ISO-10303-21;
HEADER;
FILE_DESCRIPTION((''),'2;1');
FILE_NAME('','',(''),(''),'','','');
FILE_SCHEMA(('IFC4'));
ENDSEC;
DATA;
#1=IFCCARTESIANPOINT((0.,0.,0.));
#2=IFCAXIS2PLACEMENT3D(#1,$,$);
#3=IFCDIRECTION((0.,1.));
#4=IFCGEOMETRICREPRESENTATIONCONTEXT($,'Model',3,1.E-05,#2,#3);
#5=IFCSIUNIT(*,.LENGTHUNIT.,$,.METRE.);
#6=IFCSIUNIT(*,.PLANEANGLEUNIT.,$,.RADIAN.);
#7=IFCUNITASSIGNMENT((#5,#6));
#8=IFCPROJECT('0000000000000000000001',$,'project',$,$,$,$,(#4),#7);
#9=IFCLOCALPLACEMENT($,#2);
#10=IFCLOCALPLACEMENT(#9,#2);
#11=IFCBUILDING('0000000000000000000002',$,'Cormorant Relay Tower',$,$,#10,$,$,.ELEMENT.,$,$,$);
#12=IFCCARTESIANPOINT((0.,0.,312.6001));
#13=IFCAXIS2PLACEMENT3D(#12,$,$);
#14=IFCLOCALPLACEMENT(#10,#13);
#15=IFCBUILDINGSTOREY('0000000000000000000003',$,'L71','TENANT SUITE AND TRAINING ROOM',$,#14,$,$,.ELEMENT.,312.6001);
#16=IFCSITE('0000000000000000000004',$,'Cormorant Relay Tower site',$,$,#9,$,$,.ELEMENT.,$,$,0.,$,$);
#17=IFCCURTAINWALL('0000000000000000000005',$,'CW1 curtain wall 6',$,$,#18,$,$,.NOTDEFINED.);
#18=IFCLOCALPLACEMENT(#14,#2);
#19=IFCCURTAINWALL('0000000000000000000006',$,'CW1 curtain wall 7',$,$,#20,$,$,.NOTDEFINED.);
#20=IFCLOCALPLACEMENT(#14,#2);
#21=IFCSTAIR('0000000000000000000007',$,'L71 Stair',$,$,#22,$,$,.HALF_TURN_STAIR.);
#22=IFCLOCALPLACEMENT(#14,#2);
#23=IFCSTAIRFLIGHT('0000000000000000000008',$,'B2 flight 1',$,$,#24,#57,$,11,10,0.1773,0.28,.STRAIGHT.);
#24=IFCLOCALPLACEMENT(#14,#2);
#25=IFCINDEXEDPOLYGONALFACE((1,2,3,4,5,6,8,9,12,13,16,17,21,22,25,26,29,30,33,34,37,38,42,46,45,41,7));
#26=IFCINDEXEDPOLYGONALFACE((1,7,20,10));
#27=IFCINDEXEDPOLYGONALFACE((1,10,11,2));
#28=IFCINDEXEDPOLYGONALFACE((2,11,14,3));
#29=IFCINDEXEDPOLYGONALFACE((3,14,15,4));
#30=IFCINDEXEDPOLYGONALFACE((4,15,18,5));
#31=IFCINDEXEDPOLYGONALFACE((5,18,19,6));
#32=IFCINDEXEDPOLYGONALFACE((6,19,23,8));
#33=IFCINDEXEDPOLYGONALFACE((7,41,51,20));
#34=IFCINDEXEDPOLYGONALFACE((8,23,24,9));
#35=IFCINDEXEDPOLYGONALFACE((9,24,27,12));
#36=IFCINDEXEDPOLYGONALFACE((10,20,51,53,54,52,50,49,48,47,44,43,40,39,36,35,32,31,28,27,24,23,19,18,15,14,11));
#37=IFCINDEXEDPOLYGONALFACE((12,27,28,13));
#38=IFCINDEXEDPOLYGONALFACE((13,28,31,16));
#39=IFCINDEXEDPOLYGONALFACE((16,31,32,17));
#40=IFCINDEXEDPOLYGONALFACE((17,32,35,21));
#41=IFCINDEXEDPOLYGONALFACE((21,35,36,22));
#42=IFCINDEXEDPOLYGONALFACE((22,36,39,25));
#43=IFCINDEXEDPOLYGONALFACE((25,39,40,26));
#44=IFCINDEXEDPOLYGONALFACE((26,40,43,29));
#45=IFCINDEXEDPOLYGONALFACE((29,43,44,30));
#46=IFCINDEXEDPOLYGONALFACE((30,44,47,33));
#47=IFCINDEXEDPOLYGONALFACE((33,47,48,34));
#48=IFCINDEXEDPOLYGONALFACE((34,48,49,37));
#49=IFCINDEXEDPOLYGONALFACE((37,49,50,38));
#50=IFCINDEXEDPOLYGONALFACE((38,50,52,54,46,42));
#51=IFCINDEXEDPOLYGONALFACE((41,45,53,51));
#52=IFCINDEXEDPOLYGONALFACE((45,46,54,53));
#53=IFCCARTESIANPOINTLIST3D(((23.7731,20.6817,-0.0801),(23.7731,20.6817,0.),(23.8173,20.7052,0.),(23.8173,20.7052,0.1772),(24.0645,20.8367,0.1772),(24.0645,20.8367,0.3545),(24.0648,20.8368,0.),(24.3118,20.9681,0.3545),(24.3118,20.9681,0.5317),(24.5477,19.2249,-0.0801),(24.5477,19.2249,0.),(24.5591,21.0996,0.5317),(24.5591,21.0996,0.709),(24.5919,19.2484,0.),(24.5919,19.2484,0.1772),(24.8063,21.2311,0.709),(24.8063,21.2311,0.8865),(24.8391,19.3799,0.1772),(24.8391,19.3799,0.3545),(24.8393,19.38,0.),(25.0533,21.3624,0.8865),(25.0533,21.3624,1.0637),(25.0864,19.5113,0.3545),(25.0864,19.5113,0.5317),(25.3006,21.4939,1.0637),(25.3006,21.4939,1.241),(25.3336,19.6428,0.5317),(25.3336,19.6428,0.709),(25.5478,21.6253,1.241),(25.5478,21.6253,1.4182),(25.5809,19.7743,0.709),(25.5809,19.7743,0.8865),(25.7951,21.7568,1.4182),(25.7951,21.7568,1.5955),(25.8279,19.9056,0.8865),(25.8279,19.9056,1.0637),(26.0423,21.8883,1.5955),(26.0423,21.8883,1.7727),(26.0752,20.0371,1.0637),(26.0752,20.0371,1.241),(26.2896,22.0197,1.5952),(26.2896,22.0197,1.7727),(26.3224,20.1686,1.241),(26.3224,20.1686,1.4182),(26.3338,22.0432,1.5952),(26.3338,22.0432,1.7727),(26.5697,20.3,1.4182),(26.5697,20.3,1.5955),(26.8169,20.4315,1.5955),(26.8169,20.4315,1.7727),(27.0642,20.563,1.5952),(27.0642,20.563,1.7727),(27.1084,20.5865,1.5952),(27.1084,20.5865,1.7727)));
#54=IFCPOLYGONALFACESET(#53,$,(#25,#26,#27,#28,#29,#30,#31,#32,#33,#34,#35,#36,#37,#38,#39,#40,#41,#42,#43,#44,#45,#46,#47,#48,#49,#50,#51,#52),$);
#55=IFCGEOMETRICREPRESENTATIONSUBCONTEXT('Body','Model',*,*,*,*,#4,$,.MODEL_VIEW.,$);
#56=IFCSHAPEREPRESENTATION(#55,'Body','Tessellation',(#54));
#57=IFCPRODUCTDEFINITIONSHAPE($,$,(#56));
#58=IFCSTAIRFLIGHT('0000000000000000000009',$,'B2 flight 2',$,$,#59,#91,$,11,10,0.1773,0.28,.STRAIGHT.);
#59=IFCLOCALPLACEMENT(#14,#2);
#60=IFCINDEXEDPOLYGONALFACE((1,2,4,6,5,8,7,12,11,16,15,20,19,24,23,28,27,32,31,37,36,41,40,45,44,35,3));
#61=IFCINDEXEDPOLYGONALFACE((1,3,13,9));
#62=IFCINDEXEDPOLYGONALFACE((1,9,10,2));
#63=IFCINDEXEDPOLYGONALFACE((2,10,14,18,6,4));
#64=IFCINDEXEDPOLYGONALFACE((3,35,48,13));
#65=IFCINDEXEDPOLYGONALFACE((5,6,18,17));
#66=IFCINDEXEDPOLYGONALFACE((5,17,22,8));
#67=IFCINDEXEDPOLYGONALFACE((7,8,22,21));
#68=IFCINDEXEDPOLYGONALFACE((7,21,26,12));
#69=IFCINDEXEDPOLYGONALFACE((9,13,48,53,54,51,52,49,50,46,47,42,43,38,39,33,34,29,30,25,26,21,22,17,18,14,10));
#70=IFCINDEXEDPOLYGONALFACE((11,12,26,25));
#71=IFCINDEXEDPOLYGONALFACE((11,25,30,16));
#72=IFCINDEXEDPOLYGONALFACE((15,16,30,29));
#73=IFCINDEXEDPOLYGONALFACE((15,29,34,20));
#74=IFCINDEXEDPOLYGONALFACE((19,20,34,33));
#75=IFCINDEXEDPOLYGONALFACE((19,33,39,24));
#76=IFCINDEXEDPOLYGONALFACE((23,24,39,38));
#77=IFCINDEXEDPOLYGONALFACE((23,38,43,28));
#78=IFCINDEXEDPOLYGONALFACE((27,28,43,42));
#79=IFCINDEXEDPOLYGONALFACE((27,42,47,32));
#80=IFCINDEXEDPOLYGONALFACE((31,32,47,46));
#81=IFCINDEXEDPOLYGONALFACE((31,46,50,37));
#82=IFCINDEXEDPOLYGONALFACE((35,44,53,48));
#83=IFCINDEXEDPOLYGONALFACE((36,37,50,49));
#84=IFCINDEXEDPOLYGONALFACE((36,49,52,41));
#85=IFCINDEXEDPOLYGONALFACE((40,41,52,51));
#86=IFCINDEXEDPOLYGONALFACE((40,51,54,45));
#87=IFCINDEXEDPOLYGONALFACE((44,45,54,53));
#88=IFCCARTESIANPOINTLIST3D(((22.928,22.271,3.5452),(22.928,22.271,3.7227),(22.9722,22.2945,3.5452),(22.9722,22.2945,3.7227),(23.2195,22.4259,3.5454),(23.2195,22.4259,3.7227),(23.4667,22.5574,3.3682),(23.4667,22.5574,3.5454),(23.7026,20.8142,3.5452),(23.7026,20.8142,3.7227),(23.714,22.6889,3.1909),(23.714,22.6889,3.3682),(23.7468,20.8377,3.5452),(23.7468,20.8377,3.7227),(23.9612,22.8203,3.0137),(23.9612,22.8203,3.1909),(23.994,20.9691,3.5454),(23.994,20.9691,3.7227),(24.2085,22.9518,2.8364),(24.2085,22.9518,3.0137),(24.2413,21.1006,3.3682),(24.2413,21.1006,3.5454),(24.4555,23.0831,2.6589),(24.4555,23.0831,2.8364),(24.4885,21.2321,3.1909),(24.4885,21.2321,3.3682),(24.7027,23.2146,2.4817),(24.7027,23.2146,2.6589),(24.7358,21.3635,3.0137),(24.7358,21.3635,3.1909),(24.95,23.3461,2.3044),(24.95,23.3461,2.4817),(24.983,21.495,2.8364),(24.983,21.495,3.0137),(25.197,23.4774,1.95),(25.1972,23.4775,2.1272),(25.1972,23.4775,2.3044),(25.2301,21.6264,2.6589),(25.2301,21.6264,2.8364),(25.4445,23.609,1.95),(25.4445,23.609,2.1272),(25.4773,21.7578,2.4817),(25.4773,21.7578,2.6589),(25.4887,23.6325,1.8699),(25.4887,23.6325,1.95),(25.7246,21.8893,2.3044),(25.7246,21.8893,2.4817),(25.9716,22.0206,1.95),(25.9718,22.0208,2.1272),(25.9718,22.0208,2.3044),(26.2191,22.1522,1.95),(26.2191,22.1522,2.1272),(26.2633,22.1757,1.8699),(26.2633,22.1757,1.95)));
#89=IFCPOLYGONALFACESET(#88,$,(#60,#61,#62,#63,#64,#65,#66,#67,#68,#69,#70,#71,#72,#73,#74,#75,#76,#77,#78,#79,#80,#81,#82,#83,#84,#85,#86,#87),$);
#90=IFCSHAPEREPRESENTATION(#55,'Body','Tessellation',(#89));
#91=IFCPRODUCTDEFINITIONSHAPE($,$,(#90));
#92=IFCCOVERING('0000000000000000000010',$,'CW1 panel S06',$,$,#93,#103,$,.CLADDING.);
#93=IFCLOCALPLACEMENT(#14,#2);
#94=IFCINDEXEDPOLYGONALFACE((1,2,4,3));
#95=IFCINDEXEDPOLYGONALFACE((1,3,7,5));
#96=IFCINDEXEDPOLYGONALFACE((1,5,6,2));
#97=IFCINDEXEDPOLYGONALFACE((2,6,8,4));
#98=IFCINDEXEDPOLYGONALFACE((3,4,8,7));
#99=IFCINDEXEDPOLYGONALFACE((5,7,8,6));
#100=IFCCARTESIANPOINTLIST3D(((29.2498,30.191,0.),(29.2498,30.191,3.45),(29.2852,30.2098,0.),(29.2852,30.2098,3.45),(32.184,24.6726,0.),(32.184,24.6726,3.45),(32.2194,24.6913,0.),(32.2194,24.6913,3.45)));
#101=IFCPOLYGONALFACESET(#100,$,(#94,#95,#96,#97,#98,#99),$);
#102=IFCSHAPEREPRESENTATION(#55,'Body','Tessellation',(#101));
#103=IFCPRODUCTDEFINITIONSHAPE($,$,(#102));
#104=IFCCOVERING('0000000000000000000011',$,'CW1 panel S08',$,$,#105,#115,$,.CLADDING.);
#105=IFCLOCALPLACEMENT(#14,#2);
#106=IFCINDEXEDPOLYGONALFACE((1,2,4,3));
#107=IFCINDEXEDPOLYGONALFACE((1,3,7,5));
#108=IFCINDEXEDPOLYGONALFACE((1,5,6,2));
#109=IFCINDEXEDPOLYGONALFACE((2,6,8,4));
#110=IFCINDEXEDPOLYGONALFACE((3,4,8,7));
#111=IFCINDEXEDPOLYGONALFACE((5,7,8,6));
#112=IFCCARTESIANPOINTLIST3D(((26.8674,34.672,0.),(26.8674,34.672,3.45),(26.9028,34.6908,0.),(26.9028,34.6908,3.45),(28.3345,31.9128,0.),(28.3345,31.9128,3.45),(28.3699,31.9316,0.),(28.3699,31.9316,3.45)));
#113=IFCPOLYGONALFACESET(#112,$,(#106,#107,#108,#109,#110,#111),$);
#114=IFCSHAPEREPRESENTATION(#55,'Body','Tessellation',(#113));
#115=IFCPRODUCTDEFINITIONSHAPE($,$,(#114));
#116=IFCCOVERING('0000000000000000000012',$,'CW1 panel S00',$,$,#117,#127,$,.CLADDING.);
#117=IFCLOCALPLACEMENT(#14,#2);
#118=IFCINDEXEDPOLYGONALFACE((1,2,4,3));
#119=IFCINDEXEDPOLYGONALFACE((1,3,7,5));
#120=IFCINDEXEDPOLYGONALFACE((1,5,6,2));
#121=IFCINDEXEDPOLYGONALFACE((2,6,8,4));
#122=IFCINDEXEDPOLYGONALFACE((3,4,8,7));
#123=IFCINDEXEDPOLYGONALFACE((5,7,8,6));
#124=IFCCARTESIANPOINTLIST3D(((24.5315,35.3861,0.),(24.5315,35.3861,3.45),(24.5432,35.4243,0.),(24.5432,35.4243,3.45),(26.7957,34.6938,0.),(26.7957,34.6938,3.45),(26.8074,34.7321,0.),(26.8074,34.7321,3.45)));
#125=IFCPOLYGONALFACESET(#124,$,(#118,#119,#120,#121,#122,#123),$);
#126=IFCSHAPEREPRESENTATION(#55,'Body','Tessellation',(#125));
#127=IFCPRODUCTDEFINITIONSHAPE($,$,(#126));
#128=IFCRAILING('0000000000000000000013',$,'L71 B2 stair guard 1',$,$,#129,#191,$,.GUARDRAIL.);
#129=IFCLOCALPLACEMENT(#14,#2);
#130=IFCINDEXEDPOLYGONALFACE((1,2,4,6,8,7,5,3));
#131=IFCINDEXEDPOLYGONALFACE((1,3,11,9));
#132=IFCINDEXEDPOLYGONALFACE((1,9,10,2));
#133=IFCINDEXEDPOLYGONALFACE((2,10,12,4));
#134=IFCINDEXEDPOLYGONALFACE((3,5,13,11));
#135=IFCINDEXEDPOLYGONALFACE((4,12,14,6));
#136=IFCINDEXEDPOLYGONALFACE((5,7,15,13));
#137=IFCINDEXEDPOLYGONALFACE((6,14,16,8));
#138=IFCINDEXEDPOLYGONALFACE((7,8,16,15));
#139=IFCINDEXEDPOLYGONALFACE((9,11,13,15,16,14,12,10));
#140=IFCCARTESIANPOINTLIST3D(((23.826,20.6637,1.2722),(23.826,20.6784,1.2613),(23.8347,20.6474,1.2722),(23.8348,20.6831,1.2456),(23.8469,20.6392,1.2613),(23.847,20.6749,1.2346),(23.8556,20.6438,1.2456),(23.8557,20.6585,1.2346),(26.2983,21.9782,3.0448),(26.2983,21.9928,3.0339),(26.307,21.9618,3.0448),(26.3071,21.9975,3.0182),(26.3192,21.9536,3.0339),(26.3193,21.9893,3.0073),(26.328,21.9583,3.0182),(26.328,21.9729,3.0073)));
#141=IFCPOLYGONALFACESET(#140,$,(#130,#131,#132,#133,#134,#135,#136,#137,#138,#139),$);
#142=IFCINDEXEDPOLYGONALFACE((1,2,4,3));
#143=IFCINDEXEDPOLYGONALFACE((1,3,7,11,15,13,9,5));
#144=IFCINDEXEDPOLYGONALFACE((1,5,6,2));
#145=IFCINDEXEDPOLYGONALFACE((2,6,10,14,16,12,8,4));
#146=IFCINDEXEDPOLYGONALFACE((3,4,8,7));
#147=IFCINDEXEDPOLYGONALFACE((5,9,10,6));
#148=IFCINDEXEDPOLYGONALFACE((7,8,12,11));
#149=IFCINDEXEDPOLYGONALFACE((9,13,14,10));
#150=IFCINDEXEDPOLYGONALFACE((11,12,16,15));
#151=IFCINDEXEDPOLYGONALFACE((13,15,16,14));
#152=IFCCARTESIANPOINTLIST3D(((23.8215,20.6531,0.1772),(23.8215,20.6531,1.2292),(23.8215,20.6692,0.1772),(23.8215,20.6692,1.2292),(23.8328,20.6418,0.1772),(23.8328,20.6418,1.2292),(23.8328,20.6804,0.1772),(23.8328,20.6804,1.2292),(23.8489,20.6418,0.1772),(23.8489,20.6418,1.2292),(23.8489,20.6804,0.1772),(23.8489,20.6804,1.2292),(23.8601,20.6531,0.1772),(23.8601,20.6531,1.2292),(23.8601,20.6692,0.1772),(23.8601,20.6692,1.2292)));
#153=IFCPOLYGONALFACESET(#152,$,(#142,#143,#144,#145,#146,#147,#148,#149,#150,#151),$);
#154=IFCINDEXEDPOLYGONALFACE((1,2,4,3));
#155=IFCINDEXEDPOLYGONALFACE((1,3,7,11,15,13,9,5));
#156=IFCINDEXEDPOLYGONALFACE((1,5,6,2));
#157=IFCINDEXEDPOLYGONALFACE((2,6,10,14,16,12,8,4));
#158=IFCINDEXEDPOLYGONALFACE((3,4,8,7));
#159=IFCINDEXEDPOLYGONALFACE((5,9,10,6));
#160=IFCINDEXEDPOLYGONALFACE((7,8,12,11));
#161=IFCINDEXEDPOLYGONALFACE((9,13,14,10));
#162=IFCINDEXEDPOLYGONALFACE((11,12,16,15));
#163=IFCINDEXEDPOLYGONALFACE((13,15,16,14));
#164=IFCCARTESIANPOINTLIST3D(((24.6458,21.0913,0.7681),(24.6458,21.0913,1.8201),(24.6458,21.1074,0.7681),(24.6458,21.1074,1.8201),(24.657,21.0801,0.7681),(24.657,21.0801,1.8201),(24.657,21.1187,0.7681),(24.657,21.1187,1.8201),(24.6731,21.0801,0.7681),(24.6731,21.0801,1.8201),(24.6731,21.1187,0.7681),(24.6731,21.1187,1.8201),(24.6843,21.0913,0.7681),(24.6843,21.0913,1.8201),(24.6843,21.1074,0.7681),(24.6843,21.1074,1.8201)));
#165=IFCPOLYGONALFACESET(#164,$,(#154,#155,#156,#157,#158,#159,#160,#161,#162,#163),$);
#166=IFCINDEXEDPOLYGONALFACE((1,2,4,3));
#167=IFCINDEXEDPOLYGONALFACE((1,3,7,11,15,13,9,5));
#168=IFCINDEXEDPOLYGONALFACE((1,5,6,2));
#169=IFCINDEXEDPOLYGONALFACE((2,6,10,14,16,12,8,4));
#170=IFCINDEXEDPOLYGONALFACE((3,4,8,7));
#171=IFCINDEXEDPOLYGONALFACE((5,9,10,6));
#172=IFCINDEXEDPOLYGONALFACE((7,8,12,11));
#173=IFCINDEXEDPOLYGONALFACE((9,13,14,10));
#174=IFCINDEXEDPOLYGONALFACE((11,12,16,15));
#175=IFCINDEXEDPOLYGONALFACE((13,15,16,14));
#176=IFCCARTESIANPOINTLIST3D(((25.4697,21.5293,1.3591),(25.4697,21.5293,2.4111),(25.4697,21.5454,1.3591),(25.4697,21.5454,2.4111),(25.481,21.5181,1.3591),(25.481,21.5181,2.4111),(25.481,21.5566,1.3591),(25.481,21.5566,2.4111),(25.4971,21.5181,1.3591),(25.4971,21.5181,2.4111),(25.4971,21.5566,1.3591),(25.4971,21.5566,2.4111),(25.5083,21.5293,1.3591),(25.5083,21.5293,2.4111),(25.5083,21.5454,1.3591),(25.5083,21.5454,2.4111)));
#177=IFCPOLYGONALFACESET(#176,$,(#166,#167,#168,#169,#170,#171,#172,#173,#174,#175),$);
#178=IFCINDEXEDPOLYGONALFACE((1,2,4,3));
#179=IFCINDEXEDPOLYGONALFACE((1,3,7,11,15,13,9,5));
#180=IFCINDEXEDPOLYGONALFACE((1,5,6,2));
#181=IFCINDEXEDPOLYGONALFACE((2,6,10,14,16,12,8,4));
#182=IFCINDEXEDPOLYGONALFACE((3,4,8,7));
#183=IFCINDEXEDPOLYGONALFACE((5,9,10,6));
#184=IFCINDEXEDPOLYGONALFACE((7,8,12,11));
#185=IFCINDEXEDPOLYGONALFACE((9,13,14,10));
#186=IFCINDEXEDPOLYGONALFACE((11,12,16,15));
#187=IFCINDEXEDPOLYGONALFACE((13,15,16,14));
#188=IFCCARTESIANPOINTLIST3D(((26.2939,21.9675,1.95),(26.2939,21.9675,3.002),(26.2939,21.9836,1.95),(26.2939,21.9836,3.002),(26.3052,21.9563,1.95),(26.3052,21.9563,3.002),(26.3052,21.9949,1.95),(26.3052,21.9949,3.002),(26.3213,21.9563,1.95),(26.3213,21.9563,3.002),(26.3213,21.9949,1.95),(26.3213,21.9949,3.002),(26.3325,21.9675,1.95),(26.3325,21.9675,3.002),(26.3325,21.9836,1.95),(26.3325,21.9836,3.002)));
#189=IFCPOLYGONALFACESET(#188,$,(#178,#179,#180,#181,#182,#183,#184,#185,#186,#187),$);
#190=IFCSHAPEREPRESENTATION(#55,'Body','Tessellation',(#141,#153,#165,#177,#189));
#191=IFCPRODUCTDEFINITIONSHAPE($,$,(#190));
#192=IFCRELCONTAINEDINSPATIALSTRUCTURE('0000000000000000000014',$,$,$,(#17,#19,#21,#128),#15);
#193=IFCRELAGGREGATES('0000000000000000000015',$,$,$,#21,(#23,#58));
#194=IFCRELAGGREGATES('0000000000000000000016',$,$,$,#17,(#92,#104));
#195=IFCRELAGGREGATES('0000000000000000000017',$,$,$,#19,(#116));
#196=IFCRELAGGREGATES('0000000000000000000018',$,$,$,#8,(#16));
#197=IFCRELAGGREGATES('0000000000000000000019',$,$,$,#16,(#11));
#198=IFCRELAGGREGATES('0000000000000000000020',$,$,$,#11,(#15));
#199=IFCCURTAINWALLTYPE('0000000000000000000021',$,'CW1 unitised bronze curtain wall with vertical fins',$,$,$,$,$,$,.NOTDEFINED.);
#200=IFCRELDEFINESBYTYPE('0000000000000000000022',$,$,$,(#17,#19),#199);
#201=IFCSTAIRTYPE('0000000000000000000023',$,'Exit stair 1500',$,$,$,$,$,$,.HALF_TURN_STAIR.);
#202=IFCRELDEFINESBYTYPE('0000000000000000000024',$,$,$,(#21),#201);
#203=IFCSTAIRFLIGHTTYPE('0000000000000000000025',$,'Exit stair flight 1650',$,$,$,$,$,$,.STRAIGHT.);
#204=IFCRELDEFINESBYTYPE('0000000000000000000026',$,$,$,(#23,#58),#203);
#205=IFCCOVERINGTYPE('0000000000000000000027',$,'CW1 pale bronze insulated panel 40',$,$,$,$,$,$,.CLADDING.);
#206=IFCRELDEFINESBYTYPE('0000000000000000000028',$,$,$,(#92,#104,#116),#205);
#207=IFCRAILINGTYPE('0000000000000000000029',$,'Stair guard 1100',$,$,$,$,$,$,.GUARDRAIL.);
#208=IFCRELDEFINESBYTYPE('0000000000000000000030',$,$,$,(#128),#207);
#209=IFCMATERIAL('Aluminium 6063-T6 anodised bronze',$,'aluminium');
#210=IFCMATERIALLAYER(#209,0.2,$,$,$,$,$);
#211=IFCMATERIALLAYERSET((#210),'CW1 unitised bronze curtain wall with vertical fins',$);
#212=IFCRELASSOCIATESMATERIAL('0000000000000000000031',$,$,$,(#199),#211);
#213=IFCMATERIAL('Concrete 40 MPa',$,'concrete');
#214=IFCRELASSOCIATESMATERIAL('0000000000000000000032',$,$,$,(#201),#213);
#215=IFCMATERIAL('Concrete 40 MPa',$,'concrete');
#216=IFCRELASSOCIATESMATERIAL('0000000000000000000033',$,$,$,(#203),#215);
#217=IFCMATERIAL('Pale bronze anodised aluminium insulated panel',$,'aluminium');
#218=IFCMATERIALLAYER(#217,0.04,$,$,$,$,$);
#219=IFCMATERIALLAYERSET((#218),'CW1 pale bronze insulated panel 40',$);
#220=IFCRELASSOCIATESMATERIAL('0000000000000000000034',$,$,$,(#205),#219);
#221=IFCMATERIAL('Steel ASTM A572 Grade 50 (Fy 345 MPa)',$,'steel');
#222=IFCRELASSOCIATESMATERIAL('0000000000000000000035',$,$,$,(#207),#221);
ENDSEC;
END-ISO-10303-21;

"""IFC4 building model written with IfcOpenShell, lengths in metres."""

from ifc_helpers import new_model, si_unit, direction, frame, origin, origin_2d, place, context, subcontext, project, spatial, polyline, rectangle, outline, extrude, material, layer, layer_set, type_object, element, aggregate, save


model = new_model("IFC4")

# Units and contexts
model_context = context("Model", 3, precision=1e-05, world=origin(), true_north=direction((0.0, 1.0)))
body_context = subcontext(model_context, "Body", "Model", "MODEL_VIEW")
ifc_project = project(units=[si_unit("LENGTHUNIT", "METRE"), si_unit("PLANEANGLEUNIT", "RADIAN")], contexts=[model_context])

# Site, building, storey
site_placement = place(None, origin())
site = spatial("IfcSite", under=ifc_project, at=site_placement, Name="Cormorant Relay Tower site", CompositionType="ELEMENT", RefElevation=0.0)
building_placement = place(site_placement, origin())
building = spatial("IfcBuilding", under=site, at=building_placement, Name="Cormorant Relay Tower", CompositionType="ELEMENT")
storey_placement = place(building_placement, frame((0.0, 0.0, 312.6001)))
storey = spatial("IfcBuildingStorey", under=building, at=storey_placement, Name="L71", Description="TENANT SUITE AND TRAINING ROOM", CompositionType="ELEMENT", Elevation=312.6001)

# Curtain walls
ifc_material_1 = material(Name="Aluminium 6063-T6 anodised bronze", Category="aluminium")
ifc_layer_1 = layer(ifc_material_1, 0.2)
ifc_layer_set_1 = layer_set([ifc_layer_1], Name="CW1 unitised bronze curtain wall with vertical fins")
curtain_wall_type = type_object("IfcCurtainWallType", Name="CW1 unitised bronze curtain wall with vertical fins", PredefinedType="NOTDEFINED", material=ifc_layer_set_1)
curtain_wall_1_placement = place(storey_placement, origin())
curtain_wall_1 = element("IfcCurtainWall", 1, at=curtain_wall_1_placement, inside=storey, type_object=curtain_wall_type, Name="CW1 curtain wall 6", PredefinedType="NOTDEFINED")
curtain_wall_2_placement = place(storey_placement, origin())
curtain_wall_2 = element("IfcCurtainWall", 2, at=curtain_wall_2_placement, inside=storey, type_object=curtain_wall_type, Name="CW1 curtain wall 7", PredefinedType="NOTDEFINED")

# Stair, stair flights
ifc_material_2 = material(Name="Concrete 40 MPa", Category="concrete")
stair_type = type_object("IfcStairType", Name="Exit stair 1500", PredefinedType="HALF_TURN_STAIR", material=ifc_material_2)
stair_placement = place(storey_placement, origin())
stair = element("IfcStair", 3, at=stair_placement, inside=storey, type_object=stair_type, Name="L71 Stair", PredefinedType="HALF_TURN_STAIR")
ifc_material_3 = material(Name="Concrete 40 MPa", Category="concrete")
stair_flight_type = type_object("IfcStairFlightType", Name="Exit stair flight 1650", PredefinedType="STRAIGHT", material=ifc_material_3)
stair_flight_1_placement = place(storey_placement, frame((24.2046, 19.9768, 0.0), z_axis=(0.0, 0.0, 1.0), x_axis=(0.882948, 0.469472, 0.0)))
stair_flight_1 = element("IfcStairFlight", 4, at=stair_flight_1_placement, type_object=stair_flight_type, Name="B2 flight 1", NumberOfRisers=11, NumberOfTreads=10, PredefinedType="STRAIGHT", RiserHeight=0.1773, TreadLength=0.28, context=body_context, shape_type="SweptSolid", body=[
    extrude(outline(polyline([(-0.05, -0.0801), (-0.05, 0.0), (0.0, 0.0), (0.0, 0.1772), (0.28, 0.1772), (0.28, 0.3545), (0.5601, 0.3545), (0.5601, 0.5317), (0.8401, 0.5317), (0.8401, 0.709), (1.1201, 0.709), (1.1201, 0.8865), (1.3999, 0.8865), (1.3999, 1.0637), (1.6799, 1.0637), (1.6799, 1.241), (1.96, 1.241), (1.96, 1.4182), (2.24, 1.4182), (2.24, 1.5955), (2.52, 1.5955), (2.52, 1.7727), (2.8, 1.7727), (2.8501, 1.7727), (2.8501, 1.5952), (2.8, 1.5952), (0.2803, 0.0), (-0.05, -0.0801)])), frame((0.0, 0.825, 0.0), z_axis=(0.0, -1.0, 0.0), x_axis=(1.0, 0.0, 0.0)), (0.0, 0.0, 1.0), 1.6499),
])
stair_flight_2_placement = place(storey_placement, frame((25.8318, 22.8806, 1.95), z_axis=(0.0, 0.0, 1.0), x_axis=(-0.882948, -0.469472, 0.0)))
stair_flight_2 = element("IfcStairFlight", 5, at=stair_flight_2_placement, type_object=stair_flight_type, Name="B2 flight 2", NumberOfRisers=11, NumberOfTreads=10, PredefinedType="STRAIGHT", RiserHeight=0.1773, TreadLength=0.28, context=body_context, shape_type="SweptSolid", body=[
    extrude(outline(polyline([(-0.05, -0.0801), (-0.05, 0.0), (0.0, 0.0), (0.0, 0.1772), (0.28, 0.1772), (0.28, 0.3545), (0.5601, 0.3545), (0.5601, 0.5317), (0.8401, 0.5317), (0.8401, 0.709), (1.1201, 0.709), (1.1201, 0.8865), (1.3999, 0.8865), (1.3999, 1.0637), (1.6799, 1.0637), (1.6799, 1.241), (1.96, 1.241), (1.96, 1.4182), (2.24, 1.4182), (2.24, 1.5955), (2.52, 1.5955), (2.52, 1.7727), (2.8, 1.7727), (2.8501, 1.7727), (2.8501, 1.5952), (2.8, 1.5952), (0.2803, 0.0), (-0.05, -0.0801)])), frame((0.0, 0.825, 0.0), z_axis=(0.0, -1.0, 0.0), x_axis=(1.0, 0.0, 0.0)), (0.0, 0.0, 1.0), 1.6499),
])
aggregate(stair, [stair_flight_1, stair_flight_2])

# Coverings
ifc_material_4 = material(Name="Pale bronze anodised aluminium insulated panel", Category="aluminium")
ifc_layer_2 = layer(ifc_material_4, 0.04)
ifc_layer_set_2 = layer_set([ifc_layer_2], Name="CW1 pale bronze insulated panel 40")
covering_type = type_object("IfcCoveringType", Name="CW1 pale bronze insulated panel 40", PredefinedType="CLADDING", material=ifc_layer_set_2)
covering_1_placement = place(storey_placement, frame((30.7346, 27.4412, 0.0), z_axis=(0.0, 0.0, 1.0), x_axis=(-0.469472, 0.882948, 0.0)))
covering_1 = element("IfcCovering", 6, at=covering_1_placement, type_object=covering_type, Name="CW1 panel S06", PredefinedType="CLADDING", context=body_context, shape_type="SweptSolid", body=[
    extrude(rectangle(XDim=6.25, YDim=0.04, at=origin_2d()), origin(), (0.0, 0.0, 1.0), 3.45),
])
covering_2_placement = place(storey_placement, frame((27.6187, 33.3018, 0.0), z_axis=(0.0, 0.0, 1.0), x_axis=(-0.469472, 0.882948, 0.0)))
covering_2 = element("IfcCovering", 7, at=covering_2_placement, type_object=covering_type, Name="CW1 panel S08", PredefinedType="CLADDING", context=body_context, shape_type="SweptSolid", body=[
    extrude(rectangle(XDim=3.125, YDim=0.04, at=origin_2d()), origin(), (0.0, 0.0, 1.0), 3.45),
])
aggregate(curtain_wall_1, [covering_1, covering_2])
covering_3_placement = place(storey_placement, frame((25.6694, 35.0591, 0.0), z_axis=(0.0, 0.0, 1.0), x_axis=(-0.956305, 0.292372, 0.0)))
covering_3 = element("IfcCovering", 8, at=covering_3_placement, type_object=covering_type, Name="CW1 panel S00", PredefinedType="CLADDING", context=body_context, shape_type="SweptSolid", body=[
    extrude(rectangle(XDim=2.3677, YDim=0.04, at=origin_2d()), origin(), (0.0, 0.0, 1.0), 3.45),
])
aggregate(curtain_wall_2, [covering_3])

# Railing
ifc_material_5 = material(Name="Steel ASTM A572 Grade 50 (Fy 345 MPa)", Category="steel")
railing_type_1 = type_object("IfcRailingType", Name="Stair guard 1100", PredefinedType="GUARDRAIL", material=ifc_material_5)
railing_1_placement = place(storey_placement, frame((23.8408, 20.6611, 0.1772)))
element("IfcRailing", 9, at=railing_1_placement, inside=storey, type_object=railing_type_1, Name="L71 B2 stair guard 1", PredefinedType="GUARDRAIL", context=body_context, shape_type="SweptSolid", body=[
    extrude(outline(polyline([(0.0222, 0.0093), (0.0093, 0.0222), (-0.0093, 0.0222), (-0.0222, 0.0093), (-0.0222, -0.0093), (-0.0093, -0.0222), (0.0093, -0.0222), (0.0222, -0.0093), (0.0222, 0.0093)])), frame((0.0, 0.0, 1.0762), z_axis=(0.746034, 0.396627, 0.534902), x_axis=(-0.469429, 0.88297, 0.0)), (0.0, 0.0, 1.0), 3.314),
    extrude(outline(polyline([(0.0193, 0.0081), (0.0081, 0.0193), (-0.0081, 0.0193), (-0.0193, 0.0081), (-0.0193, -0.0081), (-0.0081, -0.0193), (0.0081, -0.0193), (0.0193, -0.0081), (0.0193, 0.0081)])), origin(), (0.0, 0.0, 1.0), 1.052),
    extrude(outline(polyline([(0.0193, 0.0081), (0.0081, 0.0193), (-0.0081, 0.0193), (-0.0193, 0.0081), (-0.0193, -0.0081), (-0.0081, -0.0193), (0.0081, -0.0193), (0.0193, -0.0081), (0.0193, 0.0081)])), frame((0.8242, 0.4382, 0.5908)), (0.0, 0.0, 1.0), 1.052),
    extrude(outline(polyline([(0.0193, 0.0081), (0.0081, 0.0193), (-0.0081, 0.0193), (-0.0193, 0.0081), (-0.0193, -0.0081), (-0.0081, -0.0193), (0.0081, -0.0193), (0.0193, -0.0081), (0.0193, 0.0081)])), frame((1.6482, 0.8762, 1.1819)), (0.0, 0.0, 1.0), 1.052),
    extrude(outline(polyline([(0.0193, 0.0081), (0.0081, 0.0193), (-0.0081, 0.0193), (-0.0193, 0.0081), (-0.0193, -0.0081), (-0.0081, -0.0193), (0.0081, -0.0193), (0.0193, -0.0081), (0.0193, 0.0081)])), frame((2.4724, 1.3145, 1.7727)), (0.0, 0.0, 1.0), 1.052),
])

save(model, "model.ifc")
